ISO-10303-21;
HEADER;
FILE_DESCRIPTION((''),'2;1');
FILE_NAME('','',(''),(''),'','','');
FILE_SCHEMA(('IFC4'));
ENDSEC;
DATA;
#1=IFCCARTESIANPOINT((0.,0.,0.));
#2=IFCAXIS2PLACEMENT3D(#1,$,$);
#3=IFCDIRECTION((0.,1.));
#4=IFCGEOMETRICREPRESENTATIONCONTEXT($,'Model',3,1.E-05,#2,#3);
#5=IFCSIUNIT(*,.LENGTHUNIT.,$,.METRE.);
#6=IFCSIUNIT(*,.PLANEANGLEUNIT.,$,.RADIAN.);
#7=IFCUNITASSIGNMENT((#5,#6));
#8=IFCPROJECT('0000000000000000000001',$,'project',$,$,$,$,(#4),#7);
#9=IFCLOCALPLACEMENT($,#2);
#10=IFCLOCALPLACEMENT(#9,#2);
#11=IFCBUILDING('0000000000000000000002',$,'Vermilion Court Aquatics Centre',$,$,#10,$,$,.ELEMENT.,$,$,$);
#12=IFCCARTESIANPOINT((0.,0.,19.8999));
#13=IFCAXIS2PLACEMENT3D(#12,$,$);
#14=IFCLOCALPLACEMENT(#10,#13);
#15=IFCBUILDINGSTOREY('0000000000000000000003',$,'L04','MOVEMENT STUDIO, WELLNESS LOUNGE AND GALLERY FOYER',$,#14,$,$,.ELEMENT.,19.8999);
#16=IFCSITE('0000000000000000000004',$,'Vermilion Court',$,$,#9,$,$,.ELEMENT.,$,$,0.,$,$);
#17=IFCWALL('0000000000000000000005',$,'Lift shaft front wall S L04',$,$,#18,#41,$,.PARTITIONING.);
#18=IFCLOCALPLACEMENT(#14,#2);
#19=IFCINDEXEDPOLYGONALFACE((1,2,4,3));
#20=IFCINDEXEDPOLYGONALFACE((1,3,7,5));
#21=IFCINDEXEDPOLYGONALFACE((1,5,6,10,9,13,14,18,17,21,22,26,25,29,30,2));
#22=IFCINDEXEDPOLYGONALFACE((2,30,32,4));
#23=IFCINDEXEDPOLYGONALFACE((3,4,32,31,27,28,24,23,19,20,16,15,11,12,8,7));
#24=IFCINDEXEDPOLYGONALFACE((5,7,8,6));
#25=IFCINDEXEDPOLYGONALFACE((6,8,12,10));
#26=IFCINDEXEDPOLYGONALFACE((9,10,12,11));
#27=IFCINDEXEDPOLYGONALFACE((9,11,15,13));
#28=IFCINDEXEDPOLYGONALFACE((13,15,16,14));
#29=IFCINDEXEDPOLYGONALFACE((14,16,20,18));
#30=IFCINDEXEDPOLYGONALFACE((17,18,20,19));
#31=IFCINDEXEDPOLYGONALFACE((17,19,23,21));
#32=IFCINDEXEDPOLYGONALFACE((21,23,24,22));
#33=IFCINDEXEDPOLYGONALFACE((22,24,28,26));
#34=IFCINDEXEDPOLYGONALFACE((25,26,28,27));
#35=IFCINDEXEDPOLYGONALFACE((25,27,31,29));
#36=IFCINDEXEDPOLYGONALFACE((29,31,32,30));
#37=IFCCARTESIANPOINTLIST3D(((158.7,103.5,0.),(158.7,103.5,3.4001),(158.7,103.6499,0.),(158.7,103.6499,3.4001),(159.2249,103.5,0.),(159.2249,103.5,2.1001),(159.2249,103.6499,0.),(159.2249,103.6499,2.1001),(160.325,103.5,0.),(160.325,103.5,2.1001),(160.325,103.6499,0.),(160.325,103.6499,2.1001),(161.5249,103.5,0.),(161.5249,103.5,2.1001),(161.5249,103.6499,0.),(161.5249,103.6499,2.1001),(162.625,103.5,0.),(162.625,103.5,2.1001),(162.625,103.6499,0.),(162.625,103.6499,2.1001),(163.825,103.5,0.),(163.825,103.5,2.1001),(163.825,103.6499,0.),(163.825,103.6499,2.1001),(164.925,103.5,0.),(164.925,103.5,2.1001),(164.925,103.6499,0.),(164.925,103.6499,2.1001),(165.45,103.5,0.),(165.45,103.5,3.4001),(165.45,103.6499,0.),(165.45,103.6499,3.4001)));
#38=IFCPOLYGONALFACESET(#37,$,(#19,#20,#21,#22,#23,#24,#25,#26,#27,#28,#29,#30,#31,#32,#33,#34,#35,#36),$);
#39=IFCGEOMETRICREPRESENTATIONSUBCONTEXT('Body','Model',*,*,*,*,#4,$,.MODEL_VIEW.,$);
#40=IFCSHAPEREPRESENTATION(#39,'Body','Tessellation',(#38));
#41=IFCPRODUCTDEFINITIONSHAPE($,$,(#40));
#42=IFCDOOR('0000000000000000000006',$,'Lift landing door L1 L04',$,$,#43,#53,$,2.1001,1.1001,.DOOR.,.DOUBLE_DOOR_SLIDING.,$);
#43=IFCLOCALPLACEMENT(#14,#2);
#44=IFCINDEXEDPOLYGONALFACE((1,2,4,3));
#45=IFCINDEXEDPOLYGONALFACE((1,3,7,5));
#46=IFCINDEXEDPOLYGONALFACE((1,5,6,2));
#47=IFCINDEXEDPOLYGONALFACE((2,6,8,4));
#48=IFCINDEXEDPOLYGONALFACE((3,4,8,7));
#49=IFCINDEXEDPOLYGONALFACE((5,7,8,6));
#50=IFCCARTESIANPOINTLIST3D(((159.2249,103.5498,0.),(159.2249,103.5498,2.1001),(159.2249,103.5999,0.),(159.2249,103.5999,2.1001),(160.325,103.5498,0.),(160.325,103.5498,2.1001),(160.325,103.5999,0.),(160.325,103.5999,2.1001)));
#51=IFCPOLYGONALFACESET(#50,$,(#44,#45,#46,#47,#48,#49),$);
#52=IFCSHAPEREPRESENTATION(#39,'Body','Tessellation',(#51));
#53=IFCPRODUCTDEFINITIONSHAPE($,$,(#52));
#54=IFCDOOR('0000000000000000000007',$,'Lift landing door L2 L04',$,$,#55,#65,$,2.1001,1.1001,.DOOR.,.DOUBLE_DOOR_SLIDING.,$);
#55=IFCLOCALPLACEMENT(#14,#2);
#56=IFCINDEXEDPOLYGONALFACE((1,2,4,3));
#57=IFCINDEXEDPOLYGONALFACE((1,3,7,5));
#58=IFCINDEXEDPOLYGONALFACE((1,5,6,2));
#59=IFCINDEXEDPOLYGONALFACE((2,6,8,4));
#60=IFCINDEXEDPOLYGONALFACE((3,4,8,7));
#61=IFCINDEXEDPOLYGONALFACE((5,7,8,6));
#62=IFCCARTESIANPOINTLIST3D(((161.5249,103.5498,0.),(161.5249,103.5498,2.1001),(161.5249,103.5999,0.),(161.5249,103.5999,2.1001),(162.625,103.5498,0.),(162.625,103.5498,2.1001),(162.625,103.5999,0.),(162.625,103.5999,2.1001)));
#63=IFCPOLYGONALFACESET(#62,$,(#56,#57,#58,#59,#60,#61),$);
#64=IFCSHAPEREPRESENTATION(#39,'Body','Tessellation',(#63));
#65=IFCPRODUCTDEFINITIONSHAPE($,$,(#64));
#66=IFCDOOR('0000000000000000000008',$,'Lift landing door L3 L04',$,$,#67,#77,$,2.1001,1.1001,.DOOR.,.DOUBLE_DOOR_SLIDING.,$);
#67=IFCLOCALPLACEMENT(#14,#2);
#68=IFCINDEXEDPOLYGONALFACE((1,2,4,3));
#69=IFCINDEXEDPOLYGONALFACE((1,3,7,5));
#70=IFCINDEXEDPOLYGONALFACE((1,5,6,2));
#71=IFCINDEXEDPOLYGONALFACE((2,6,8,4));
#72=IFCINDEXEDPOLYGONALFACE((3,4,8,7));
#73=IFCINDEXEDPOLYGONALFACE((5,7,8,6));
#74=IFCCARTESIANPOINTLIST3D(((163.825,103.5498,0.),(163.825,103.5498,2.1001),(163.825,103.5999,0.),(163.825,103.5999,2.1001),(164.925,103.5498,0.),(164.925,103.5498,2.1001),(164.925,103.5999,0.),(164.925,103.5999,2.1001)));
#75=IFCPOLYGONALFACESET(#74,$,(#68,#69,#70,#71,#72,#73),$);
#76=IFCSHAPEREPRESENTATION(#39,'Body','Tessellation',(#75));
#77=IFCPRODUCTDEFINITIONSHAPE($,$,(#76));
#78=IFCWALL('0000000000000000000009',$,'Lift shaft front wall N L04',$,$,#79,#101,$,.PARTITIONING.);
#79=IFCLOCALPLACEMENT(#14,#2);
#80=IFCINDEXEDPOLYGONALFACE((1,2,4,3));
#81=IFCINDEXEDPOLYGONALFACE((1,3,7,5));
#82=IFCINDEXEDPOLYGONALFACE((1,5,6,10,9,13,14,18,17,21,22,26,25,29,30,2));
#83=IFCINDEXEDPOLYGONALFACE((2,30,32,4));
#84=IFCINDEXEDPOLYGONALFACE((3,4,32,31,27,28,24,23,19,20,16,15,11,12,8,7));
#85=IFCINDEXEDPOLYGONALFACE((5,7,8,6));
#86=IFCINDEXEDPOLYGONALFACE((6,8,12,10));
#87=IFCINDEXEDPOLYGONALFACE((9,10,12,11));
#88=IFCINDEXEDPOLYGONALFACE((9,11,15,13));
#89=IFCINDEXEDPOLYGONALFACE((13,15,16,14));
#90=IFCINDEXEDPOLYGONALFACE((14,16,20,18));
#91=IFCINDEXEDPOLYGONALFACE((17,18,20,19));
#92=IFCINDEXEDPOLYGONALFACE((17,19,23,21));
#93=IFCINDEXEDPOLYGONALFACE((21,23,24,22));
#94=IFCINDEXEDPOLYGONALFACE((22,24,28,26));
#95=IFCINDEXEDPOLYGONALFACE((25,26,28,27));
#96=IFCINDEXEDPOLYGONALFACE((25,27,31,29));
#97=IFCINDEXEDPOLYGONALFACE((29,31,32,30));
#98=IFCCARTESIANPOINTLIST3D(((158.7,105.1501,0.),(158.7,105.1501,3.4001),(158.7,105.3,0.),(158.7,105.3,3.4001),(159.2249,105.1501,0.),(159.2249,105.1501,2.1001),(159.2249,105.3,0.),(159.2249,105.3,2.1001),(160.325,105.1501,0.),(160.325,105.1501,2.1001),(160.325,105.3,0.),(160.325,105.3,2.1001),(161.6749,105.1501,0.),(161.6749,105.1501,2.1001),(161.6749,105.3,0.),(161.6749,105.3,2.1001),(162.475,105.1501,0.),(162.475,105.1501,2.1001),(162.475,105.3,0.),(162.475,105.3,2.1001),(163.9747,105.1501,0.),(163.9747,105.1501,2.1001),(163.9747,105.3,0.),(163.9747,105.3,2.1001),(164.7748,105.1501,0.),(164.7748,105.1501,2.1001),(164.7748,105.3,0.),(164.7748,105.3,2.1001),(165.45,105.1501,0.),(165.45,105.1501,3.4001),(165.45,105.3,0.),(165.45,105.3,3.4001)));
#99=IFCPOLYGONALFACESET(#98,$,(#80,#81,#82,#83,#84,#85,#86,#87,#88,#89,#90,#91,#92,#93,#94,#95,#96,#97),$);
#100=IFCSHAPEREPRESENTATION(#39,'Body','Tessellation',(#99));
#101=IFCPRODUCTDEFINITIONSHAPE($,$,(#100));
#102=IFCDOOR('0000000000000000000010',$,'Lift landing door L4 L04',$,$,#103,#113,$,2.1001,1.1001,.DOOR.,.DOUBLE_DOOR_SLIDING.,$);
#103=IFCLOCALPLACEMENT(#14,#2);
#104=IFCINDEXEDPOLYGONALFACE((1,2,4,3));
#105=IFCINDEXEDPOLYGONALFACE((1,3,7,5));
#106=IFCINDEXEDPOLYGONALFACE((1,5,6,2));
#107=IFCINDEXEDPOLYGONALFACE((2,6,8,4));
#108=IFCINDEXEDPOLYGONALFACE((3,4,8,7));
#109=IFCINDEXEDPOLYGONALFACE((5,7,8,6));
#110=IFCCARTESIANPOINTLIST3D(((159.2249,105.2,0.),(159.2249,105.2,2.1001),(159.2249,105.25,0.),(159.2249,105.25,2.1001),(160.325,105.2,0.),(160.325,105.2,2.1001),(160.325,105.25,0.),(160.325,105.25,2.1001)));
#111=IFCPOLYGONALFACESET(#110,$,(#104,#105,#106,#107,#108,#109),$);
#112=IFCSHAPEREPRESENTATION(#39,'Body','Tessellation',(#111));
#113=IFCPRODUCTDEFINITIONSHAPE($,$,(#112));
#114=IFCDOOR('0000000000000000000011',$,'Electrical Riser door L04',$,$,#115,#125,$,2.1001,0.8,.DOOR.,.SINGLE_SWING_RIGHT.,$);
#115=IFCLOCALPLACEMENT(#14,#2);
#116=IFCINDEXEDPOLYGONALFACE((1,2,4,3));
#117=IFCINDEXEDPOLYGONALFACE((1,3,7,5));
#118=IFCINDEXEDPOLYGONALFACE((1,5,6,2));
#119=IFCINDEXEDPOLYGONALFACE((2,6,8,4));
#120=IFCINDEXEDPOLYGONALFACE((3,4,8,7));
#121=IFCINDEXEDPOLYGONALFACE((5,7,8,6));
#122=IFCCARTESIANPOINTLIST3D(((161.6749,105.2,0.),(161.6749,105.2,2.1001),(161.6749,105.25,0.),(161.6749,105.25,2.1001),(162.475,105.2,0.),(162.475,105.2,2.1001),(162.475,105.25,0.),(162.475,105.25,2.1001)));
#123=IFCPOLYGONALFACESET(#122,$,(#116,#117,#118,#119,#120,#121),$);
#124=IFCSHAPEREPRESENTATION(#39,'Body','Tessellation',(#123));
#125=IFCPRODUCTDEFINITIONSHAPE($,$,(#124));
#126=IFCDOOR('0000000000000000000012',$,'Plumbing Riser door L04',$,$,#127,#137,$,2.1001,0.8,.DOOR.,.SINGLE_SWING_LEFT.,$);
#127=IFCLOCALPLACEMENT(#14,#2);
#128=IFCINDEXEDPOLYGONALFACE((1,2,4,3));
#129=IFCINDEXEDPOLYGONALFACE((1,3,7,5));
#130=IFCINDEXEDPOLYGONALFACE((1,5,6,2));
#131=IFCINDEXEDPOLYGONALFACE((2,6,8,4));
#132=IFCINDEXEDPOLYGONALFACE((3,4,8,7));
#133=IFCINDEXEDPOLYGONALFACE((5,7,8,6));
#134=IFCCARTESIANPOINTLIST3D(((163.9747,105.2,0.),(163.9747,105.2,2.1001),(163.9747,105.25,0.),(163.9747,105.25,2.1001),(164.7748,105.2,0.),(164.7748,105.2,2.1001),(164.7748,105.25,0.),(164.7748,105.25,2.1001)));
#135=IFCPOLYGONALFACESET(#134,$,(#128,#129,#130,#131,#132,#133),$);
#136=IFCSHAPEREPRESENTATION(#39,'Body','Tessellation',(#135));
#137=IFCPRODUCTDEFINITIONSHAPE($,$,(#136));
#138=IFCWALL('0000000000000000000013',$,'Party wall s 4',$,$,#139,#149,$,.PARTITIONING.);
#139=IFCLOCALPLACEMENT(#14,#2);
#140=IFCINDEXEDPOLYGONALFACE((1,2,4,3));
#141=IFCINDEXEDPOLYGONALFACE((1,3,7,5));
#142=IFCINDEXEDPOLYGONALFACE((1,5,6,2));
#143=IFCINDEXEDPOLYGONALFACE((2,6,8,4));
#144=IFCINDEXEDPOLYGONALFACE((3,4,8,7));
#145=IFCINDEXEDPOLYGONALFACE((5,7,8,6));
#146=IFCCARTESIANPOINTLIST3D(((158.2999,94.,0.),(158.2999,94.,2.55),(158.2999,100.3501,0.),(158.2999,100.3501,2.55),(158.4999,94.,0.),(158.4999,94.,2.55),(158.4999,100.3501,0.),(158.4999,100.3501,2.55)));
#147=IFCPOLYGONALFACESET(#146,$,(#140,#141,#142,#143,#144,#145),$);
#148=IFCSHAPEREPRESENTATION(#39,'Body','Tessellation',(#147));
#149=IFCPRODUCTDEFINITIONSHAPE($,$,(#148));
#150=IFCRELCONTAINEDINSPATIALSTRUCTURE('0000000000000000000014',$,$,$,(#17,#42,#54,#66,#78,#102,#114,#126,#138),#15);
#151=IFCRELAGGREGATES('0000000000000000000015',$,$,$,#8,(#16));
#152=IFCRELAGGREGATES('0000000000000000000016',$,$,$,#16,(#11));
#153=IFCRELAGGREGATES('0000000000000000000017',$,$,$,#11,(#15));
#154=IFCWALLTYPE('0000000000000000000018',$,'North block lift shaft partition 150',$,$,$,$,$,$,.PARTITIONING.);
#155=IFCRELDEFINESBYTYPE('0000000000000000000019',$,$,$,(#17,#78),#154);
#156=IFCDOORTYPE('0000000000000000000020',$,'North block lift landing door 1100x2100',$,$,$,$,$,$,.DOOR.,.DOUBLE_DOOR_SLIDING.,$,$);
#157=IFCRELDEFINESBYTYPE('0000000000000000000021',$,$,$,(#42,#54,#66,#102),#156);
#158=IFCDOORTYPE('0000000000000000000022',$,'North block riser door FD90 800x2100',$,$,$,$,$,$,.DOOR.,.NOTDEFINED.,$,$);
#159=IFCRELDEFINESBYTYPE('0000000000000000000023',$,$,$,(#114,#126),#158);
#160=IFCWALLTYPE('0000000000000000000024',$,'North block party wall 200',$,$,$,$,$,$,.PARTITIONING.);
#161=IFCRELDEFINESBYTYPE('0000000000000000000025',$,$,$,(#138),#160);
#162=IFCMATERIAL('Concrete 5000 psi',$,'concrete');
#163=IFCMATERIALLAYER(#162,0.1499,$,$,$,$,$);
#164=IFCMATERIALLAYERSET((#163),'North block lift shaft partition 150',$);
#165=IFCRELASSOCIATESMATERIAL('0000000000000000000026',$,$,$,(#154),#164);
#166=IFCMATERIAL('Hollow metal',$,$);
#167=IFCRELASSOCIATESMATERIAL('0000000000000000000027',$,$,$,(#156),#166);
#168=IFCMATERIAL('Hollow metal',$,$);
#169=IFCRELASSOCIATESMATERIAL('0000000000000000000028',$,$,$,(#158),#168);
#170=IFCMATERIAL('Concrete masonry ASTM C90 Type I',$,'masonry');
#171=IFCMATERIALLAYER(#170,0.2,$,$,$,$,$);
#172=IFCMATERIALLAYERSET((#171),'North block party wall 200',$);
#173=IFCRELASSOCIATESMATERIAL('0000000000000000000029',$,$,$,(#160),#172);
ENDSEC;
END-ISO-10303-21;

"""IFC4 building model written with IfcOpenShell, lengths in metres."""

from ifc_helpers import new_model, si_unit, direction, frame, frame_2d, origin, place, context, subcontext, project, spatial, rectangle, extrude, material, layer, layer_set, type_object, element, fill, save


model = new_model("IFC4")

# Units and contexts
model_context = context("Model", 3, precision=1e-05, world=origin(), true_north=direction((0.0, 1.0)))
body_context = subcontext(model_context, "Body", "Model", "MODEL_VIEW")
ifc_project = project(units=[si_unit("LENGTHUNIT", "METRE"), si_unit("PLANEANGLEUNIT", "RADIAN")], contexts=[model_context])

# Site, building, storey
site_placement = place(None, origin())
site = spatial("IfcSite", under=ifc_project, at=site_placement, Name="Vermilion Court", CompositionType="ELEMENT", RefElevation=0.0)
building_placement = place(site_placement, origin())
building = spatial("IfcBuilding", under=site, at=building_placement, Name="Vermilion Court Aquatics Centre", CompositionType="ELEMENT")
storey_placement = place(building_placement, frame((0.0, 0.0, 19.8999)))
storey = spatial("IfcBuildingStorey", under=building, at=storey_placement, Name="L04", Description="MOVEMENT STUDIO, WELLNESS LOUNGE AND GALLERY FOYER", CompositionType="ELEMENT", Elevation=19.8999)

# Shared definitions
ifc_material_1 = material(Name="Concrete 5000 psi", Category="concrete")
ifc_layer_1 = layer(ifc_material_1, 0.1499)
ifc_layer_set_1 = layer_set([ifc_layer_1], Name="North block lift shaft partition 150")
wall_type_1 = type_object("IfcWallType", Name="North block lift shaft partition 150", PredefinedType="PARTITIONING", material=ifc_layer_set_1)

# Walls, openings, doors
wall_1_placement = place(storey_placement, frame((158.7, 103.575, 0.0), z_axis=(0.0, 0.0, 1.0), x_axis=(1.0, 0.0, 0.0)))
wall_1 = element("IfcWall", 1, at=wall_1_placement, inside=storey, type_object=wall_type_1, Name="Lift shaft front wall S L04", PredefinedType="PARTITIONING", context=body_context, shape_type="SweptSolid", body=[
    extrude(rectangle(XDim=6.75, YDim=0.1499, at=frame_2d((3.375, 0.0))), origin(), (0.0, 0.0, 1.0), 3.4001),
])
opening_1_placement = place(wall_1_placement, frame((0.5249, 0.0, 0.0)))
opening_1 = element("IfcOpeningElement", 2, at=opening_1_placement, cuts=wall_1, PredefinedType="OPENING", context=body_context, shape_type="SweptSolid", body=[
    extrude(rectangle(XDim=1.1001, YDim=2.1001, at=frame_2d((0.55, 1.05))), frame((0.0, 0.085, 0.0), z_axis=(0.0, -1.0, 0.0), x_axis=(1.0, 0.0, 0.0)), (0.0, 0.0, 1.0), 0.1699),
])
opening_2_placement = place(wall_1_placement, frame((2.825, 0.0, 0.0)))
opening_2 = element("IfcOpeningElement", 3, at=opening_2_placement, cuts=wall_1, PredefinedType="OPENING", context=body_context, shape_type="SweptSolid", body=[
    extrude(rectangle(XDim=1.1001, YDim=2.1001, at=frame_2d((0.55, 1.05))), frame((0.0, 0.085, 0.0), z_axis=(0.0, -1.0, 0.0), x_axis=(1.0, 0.0, 0.0)), (0.0, 0.0, 1.0), 0.1699),
])
opening_3_placement = place(wall_1_placement, frame((5.125, 0.0, 0.0)))
opening_3 = element("IfcOpeningElement", 4, at=opening_3_placement, cuts=wall_1, PredefinedType="OPENING", context=body_context, shape_type="SweptSolid", body=[
    extrude(rectangle(XDim=1.1001, YDim=2.1001, at=frame_2d((0.55, 1.05))), frame((0.0, 0.085, 0.0), z_axis=(0.0, -1.0, 0.0), x_axis=(1.0, 0.0, 0.0)), (0.0, 0.0, 1.0), 0.1699),
])
ifc_material_2 = material(Name="Hollow metal")
door_type_1 = type_object("IfcDoorType", Name="North block lift landing door 1100x2100", OperationType="DOUBLE_DOOR_SLIDING", PredefinedType="DOOR", material=ifc_material_2)
door_1_placement = place(opening_1_placement, origin())
door_1 = element("IfcDoor", 5, at=door_1_placement, inside=storey, type_object=door_type_1, Name="Lift landing door L1 L04", OperationType="DOUBLE_DOOR_SLIDING", OverallHeight=2.1001, OverallWidth=1.1001, PredefinedType="DOOR", context=body_context, shape_type="SweptSolid", body=[
    extrude(rectangle(XDim=1.1001, YDim=2.1001, at=frame_2d((0.55, 1.05))), frame((0.0, 0.0249, 0.0), z_axis=(0.0, -1.0, 0.0), x_axis=(1.0, 0.0, 0.0)), (0.0, 0.0, 1.0), 0.05),
])
fill(opening_1, door_1)
door_2_placement = place(opening_2_placement, origin())
door_2 = element("IfcDoor", 6, at=door_2_placement, inside=storey, type_object=door_type_1, Name="Lift landing door L2 L04", OperationType="DOUBLE_DOOR_SLIDING", OverallHeight=2.1001, OverallWidth=1.1001, PredefinedType="DOOR", context=body_context, shape_type="SweptSolid", body=[
    extrude(rectangle(XDim=1.1001, YDim=2.1001, at=frame_2d((0.55, 1.05))), frame((0.0, 0.0249, 0.0), z_axis=(0.0, -1.0, 0.0), x_axis=(1.0, 0.0, 0.0)), (0.0, 0.0, 1.0), 0.05),
])
fill(opening_2, door_2)
door_3_placement = place(opening_3_placement, origin())
door_3 = element("IfcDoor", 7, at=door_3_placement, inside=storey, type_object=door_type_1, Name="Lift landing door L3 L04", OperationType="DOUBLE_DOOR_SLIDING", OverallHeight=2.1001, OverallWidth=1.1001, PredefinedType="DOOR", context=body_context, shape_type="SweptSolid", body=[
    extrude(rectangle(XDim=1.1001, YDim=2.1001, at=frame_2d((0.55, 1.05))), frame((0.0, 0.0249, 0.0), z_axis=(0.0, -1.0, 0.0), x_axis=(1.0, 0.0, 0.0)), (0.0, 0.0, 1.0), 0.05),
])
fill(opening_3, door_3)
wall_2_placement = place(storey_placement, frame((158.7, 105.2251, 0.0), z_axis=(0.0, 0.0, 1.0), x_axis=(1.0, 0.0, 0.0)))
wall_2 = element("IfcWall", 8, at=wall_2_placement, inside=storey, type_object=wall_type_1, Name="Lift shaft front wall N L04", PredefinedType="PARTITIONING", context=body_context, shape_type="SweptSolid", body=[
    extrude(rectangle(XDim=6.75, YDim=0.1499, at=frame_2d((3.375, 0.0))), origin(), (0.0, 0.0, 1.0), 3.4001),
])
opening_4_placement = place(wall_2_placement, frame((0.5249, 0.0, 0.0)))
opening_4 = element("IfcOpeningElement", 9, at=opening_4_placement, cuts=wall_2, PredefinedType="OPENING", context=body_context, shape_type="SweptSolid", body=[
    extrude(rectangle(XDim=1.1001, YDim=2.1001, at=frame_2d((0.55, 1.05))), frame((0.0, 0.085, 0.0), z_axis=(0.0, -1.0, 0.0), x_axis=(1.0, 0.0, 0.0)), (0.0, 0.0, 1.0), 0.1699),
])
opening_5_placement = place(wall_2_placement, frame((2.9751, 0.0, 0.0)))
opening_5 = element("IfcOpeningElement", 10, at=opening_5_placement, cuts=wall_2, PredefinedType="OPENING", context=body_context, shape_type="SweptSolid", body=[
    extrude(rectangle(XDim=0.8, YDim=2.1001, at=frame_2d((0.3999, 1.05))), frame((0.0, 0.085, 0.0), z_axis=(0.0, -1.0, 0.0), x_axis=(1.0, 0.0, 0.0)), (0.0, 0.0, 1.0), 0.1699),
])
opening_6_placement = place(wall_2_placement, frame((5.2749, 0.0, 0.0)))
opening_6 = element("IfcOpeningElement", 11, at=opening_6_placement, cuts=wall_2, PredefinedType="OPENING", context=body_context, shape_type="SweptSolid", body=[
    extrude(rectangle(XDim=0.8, YDim=2.1001, at=frame_2d((0.3999, 1.05))), frame((0.0, 0.085, 0.0), z_axis=(0.0, -1.0, 0.0), x_axis=(1.0, 0.0, 0.0)), (0.0, 0.0, 1.0), 0.1699),
])
door_4_placement = place(opening_4_placement, origin())
door_4 = element("IfcDoor", 12, at=door_4_placement, inside=storey, type_object=door_type_1, Name="Lift landing door L4 L04", OperationType="DOUBLE_DOOR_SLIDING", OverallHeight=2.1001, OverallWidth=1.1001, PredefinedType="DOOR", context=body_context, shape_type="SweptSolid", body=[
    extrude(rectangle(XDim=1.1001, YDim=2.1001, at=frame_2d((0.55, 1.05))), frame((0.0, 0.0249, 0.0), z_axis=(0.0, -1.0, 0.0), x_axis=(1.0, 0.0, 0.0)), (0.0, 0.0, 1.0), 0.05),
])
fill(opening_4, door_4)
ifc_material_3 = material(Name="Hollow metal")
door_type_2 = type_object("IfcDoorType", Name="North block riser door FD90 800x2100", OperationType="NOTDEFINED", PredefinedType="DOOR", material=ifc_material_3)
door_5_placement = place(opening_5_placement, frame((0.8, 0.0, 0.0), z_axis=(0.0, 0.0, 1.0), x_axis=(-1.0, 0.0, 0.0)))
door_5 = element("IfcDoor", 13, at=door_5_placement, inside=storey, type_object=door_type_2, Name="Electrical Riser door L04", OperationType="SINGLE_SWING_RIGHT", OverallHeight=2.1001, OverallWidth=0.8, PredefinedType="DOOR", context=body_context, shape_type="SweptSolid", body=[
    extrude(rectangle(XDim=0.8, YDim=2.1001, at=frame_2d((0.4001, 1.05))), frame((0.0, 0.0251, 0.0), z_axis=(0.0, -1.0, 0.0), x_axis=(1.0, 0.0, 0.0)), (0.0, 0.0, 1.0), 0.05),
])
fill(opening_5, door_5)
door_6_placement = place(opening_6_placement, frame((0.8, 0.0, 0.0), z_axis=(0.0, 0.0, 1.0), x_axis=(-1.0, 0.0, 0.0)))
door_6 = element("IfcDoor", 14, at=door_6_placement, inside=storey, type_object=door_type_2, Name="Plumbing Riser door L04", OperationType="SINGLE_SWING_LEFT", OverallHeight=2.1001, OverallWidth=0.8, PredefinedType="DOOR", context=body_context, shape_type="SweptSolid", body=[
    extrude(rectangle(XDim=0.8, YDim=2.1001, at=frame_2d((0.4001, 1.05))), frame((0.0, 0.0251, 0.0), z_axis=(0.0, -1.0, 0.0), x_axis=(1.0, 0.0, 0.0)), (0.0, 0.0, 1.0), 0.05),
])
fill(opening_6, door_6)

# Wall
ifc_material_4 = material(Name="Concrete masonry ASTM C90 Type I", Category="masonry")
ifc_layer_2 = layer(ifc_material_4, 0.2)
ifc_layer_set_2 = layer_set([ifc_layer_2], Name="North block party wall 200")
wall_type_2 = type_object("IfcWallType", Name="North block party wall 200", PredefinedType="PARTITIONING", material=ifc_layer_set_2)
wall_3_placement = place(storey_placement, frame((158.3999, 94.0, 0.0), z_axis=(0.0, 0.0, 1.0), x_axis=(0.0, 1.0, 0.0)))
element("IfcWall", 15, at=wall_3_placement, inside=storey, type_object=wall_type_2, Name="Party wall s 4", PredefinedType="PARTITIONING", context=body_context, shape_type="SweptSolid", body=[
    extrude(rectangle(XDim=6.3501, YDim=0.2, at=frame_2d((3.175, 0.0))), origin(), (0.0, 0.0, 1.0), 2.55),
])

save(model, "model.ifc")
